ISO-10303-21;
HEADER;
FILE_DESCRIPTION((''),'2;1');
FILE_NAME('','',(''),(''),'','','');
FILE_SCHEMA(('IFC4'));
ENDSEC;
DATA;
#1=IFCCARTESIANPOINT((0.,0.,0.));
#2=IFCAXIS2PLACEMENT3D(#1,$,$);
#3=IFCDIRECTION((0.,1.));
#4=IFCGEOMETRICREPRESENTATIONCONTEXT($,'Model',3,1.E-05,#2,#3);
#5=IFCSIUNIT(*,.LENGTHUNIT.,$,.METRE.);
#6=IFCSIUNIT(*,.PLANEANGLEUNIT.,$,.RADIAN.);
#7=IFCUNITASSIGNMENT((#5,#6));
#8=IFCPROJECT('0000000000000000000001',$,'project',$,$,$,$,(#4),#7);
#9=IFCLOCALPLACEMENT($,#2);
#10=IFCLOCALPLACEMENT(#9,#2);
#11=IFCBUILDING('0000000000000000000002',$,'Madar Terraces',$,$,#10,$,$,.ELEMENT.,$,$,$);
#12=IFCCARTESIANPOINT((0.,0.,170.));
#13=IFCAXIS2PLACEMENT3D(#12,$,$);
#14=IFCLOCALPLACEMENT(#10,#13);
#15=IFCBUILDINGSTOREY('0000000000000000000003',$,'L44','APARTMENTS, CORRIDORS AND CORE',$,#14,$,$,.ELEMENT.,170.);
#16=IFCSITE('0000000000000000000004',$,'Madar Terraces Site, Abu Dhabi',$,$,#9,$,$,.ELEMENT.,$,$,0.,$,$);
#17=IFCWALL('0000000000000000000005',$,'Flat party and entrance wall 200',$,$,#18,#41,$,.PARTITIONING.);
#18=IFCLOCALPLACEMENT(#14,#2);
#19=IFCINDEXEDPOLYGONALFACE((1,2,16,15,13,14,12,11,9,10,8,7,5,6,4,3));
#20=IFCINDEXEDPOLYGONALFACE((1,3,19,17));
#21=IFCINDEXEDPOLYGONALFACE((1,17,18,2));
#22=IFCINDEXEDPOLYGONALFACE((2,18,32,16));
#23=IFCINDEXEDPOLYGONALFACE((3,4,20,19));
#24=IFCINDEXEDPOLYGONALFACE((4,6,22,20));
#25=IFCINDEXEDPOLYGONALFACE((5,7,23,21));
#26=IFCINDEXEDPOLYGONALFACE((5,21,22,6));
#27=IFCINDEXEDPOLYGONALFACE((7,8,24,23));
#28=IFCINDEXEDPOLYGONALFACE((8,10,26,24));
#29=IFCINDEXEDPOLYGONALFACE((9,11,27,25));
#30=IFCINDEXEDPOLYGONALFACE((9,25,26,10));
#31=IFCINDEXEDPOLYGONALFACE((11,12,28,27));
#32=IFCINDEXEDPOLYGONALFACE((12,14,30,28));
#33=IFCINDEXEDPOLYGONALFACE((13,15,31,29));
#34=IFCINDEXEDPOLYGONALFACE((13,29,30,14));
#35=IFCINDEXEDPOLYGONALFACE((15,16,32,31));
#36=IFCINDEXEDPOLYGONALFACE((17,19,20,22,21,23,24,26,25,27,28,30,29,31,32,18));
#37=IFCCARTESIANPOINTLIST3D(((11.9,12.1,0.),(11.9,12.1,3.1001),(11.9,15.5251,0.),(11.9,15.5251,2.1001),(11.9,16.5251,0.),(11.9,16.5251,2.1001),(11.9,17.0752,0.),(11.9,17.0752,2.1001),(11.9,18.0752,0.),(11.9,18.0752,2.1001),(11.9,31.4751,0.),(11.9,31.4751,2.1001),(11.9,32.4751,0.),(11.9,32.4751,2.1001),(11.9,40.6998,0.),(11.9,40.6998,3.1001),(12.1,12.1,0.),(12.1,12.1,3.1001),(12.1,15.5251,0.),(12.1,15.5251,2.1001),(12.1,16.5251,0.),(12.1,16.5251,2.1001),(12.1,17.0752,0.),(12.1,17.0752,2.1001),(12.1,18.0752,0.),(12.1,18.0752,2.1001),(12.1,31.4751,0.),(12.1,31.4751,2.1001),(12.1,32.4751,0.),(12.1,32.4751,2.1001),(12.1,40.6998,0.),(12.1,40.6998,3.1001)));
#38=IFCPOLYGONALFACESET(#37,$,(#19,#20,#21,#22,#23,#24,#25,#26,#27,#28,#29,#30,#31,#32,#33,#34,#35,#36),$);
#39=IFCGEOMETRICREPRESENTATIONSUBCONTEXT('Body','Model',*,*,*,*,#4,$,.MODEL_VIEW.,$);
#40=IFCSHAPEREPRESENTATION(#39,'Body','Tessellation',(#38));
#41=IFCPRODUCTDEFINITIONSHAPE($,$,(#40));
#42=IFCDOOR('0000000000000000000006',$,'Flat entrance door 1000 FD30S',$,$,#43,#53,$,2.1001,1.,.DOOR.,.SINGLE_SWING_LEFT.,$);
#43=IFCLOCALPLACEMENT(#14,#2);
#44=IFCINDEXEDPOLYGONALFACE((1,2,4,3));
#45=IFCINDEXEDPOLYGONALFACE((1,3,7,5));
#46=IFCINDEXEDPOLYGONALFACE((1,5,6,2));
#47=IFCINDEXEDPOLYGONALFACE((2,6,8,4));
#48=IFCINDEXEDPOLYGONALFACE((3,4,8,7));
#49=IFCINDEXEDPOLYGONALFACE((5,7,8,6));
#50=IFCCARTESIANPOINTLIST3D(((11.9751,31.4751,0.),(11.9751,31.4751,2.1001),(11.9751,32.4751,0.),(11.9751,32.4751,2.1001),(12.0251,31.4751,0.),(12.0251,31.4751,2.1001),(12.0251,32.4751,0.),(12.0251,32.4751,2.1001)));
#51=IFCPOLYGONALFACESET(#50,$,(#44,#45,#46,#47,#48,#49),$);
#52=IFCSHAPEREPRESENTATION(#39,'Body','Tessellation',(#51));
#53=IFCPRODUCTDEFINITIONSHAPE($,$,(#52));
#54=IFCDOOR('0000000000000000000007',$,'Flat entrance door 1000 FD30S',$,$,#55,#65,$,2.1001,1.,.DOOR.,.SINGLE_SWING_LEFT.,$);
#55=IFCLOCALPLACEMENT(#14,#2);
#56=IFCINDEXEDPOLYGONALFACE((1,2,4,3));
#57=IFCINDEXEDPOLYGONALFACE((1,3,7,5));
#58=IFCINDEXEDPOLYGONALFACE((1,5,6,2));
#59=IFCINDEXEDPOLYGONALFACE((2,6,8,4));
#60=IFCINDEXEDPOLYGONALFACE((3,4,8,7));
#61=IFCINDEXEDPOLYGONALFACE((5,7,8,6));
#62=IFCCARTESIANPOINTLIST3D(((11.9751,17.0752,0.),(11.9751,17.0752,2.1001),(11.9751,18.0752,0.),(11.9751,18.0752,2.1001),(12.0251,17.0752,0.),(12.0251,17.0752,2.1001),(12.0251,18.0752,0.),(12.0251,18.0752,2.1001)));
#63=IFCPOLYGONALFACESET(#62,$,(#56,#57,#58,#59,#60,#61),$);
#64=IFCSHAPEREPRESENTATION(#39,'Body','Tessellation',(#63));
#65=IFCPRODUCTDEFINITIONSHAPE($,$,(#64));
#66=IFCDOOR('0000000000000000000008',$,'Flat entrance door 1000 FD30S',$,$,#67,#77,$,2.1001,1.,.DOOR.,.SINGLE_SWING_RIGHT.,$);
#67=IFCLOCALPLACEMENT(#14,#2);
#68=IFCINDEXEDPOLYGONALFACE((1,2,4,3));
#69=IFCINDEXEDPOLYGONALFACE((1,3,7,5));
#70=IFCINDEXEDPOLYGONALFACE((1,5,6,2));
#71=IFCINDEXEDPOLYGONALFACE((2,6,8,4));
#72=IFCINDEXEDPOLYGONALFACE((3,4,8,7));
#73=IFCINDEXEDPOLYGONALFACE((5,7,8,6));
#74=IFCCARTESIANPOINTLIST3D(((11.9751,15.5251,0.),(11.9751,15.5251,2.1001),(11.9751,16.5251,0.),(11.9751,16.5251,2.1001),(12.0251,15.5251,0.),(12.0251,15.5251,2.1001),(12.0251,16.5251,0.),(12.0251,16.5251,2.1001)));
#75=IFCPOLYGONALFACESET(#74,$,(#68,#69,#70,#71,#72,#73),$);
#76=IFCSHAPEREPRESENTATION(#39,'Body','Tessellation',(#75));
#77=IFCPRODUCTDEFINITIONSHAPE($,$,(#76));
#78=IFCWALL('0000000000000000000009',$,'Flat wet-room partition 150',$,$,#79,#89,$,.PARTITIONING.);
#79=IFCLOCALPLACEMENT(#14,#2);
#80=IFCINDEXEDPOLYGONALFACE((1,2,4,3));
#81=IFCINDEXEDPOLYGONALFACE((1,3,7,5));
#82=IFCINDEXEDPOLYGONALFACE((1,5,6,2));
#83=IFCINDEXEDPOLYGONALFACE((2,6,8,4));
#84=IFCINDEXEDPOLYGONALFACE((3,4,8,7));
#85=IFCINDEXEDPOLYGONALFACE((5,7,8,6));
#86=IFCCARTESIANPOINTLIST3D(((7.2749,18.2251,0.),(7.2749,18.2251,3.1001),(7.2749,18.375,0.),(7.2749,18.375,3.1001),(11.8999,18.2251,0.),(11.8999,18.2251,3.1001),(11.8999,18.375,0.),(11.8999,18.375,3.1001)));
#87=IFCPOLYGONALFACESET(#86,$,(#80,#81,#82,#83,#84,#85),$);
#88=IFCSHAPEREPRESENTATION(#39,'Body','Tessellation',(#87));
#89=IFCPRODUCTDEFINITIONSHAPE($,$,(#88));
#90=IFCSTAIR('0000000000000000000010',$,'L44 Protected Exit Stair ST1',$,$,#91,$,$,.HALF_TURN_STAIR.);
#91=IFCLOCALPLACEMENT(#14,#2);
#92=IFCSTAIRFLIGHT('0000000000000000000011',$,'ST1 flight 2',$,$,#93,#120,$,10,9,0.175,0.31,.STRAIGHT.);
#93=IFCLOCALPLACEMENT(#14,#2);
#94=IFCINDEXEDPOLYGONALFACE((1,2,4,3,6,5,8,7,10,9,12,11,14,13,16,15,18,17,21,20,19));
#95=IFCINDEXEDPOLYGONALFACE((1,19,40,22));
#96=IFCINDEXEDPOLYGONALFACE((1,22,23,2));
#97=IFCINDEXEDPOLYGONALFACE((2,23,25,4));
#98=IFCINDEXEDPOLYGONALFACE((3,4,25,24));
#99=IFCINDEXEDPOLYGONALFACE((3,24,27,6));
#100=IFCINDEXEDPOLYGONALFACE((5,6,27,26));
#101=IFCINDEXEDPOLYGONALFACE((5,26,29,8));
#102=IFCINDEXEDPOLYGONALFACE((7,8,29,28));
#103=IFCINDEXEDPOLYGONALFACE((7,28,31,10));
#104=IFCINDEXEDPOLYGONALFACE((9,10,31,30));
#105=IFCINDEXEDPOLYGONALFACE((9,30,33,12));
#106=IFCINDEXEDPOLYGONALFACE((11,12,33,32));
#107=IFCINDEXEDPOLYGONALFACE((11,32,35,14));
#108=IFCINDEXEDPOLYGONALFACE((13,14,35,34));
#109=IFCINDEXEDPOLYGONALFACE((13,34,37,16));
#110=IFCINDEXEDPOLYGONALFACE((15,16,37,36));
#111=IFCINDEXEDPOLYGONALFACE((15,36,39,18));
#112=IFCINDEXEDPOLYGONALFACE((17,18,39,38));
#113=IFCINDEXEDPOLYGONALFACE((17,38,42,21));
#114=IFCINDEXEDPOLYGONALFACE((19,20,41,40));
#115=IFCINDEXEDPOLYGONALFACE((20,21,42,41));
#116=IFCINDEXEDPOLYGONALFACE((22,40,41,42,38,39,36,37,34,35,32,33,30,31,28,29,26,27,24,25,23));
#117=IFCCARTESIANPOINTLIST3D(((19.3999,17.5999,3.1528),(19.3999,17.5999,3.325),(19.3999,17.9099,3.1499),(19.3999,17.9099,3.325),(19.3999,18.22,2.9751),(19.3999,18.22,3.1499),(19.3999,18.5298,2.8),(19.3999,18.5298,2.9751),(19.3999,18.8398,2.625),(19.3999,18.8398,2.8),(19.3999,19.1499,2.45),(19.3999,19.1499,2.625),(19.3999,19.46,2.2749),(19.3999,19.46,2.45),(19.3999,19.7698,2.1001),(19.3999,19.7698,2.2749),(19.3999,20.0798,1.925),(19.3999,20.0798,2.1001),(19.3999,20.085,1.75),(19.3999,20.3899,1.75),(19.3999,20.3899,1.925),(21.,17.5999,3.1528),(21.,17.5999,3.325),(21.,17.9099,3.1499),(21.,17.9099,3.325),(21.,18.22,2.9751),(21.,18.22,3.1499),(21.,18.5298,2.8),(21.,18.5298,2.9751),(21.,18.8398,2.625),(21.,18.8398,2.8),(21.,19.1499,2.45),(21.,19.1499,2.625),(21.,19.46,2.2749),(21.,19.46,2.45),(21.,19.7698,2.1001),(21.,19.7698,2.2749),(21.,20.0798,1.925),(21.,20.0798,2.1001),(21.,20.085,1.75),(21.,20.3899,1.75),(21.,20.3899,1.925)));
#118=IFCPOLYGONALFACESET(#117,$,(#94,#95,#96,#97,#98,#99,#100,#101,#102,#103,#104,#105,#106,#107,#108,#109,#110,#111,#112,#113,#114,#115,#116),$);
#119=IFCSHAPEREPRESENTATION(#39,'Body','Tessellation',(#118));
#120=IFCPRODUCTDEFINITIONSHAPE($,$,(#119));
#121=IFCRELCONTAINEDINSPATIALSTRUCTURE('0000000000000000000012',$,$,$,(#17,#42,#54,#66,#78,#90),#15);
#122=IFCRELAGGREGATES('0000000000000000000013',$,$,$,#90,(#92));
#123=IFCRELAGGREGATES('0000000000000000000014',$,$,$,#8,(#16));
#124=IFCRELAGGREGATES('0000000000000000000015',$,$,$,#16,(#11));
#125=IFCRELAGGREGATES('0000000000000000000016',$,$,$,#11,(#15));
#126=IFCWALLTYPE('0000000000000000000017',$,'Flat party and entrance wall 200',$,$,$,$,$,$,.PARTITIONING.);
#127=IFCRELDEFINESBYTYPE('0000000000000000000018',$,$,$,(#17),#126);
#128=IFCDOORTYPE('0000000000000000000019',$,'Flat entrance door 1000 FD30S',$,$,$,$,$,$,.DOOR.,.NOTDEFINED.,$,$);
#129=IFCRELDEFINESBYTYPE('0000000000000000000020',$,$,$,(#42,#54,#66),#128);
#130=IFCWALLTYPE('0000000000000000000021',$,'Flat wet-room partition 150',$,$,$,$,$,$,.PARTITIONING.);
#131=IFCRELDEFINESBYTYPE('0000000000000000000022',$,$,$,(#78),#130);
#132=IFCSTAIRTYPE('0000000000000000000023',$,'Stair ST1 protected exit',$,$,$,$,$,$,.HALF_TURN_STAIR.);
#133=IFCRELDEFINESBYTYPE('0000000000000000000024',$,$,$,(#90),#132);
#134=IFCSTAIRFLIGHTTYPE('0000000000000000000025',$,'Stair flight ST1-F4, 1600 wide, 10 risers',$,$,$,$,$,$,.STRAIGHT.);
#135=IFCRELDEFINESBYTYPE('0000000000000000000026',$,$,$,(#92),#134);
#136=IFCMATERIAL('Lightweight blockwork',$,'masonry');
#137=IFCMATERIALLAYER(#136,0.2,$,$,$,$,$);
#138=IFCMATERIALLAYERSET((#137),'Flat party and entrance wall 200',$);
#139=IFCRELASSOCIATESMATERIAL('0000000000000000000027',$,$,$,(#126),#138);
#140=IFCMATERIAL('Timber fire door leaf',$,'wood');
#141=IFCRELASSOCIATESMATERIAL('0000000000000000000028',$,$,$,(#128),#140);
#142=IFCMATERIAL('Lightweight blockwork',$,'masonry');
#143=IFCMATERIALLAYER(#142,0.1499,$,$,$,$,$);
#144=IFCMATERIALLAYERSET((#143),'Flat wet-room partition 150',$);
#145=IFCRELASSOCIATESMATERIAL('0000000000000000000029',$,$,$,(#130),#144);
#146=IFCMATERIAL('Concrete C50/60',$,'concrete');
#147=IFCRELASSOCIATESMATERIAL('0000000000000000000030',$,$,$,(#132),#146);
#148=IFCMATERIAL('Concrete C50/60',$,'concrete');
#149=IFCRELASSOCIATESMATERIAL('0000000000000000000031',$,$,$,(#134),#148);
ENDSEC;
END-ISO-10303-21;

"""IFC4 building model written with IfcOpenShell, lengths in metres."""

from ifc_helpers import new_model, si_unit, direction, frame, frame_2d, origin, place, context, subcontext, project, spatial, polyline, rectangle, outline, extrude, material, layer, layer_set, type_object, element, fill, aggregate, save


model = new_model("IFC4")

# Units and contexts
model_context = context("Model", 3, precision=1e-05, world=origin(), true_north=direction((0.0, 1.0)))
body_context = subcontext(model_context, "Body", "Model", "MODEL_VIEW")
ifc_project = project(units=[si_unit("LENGTHUNIT", "METRE"), si_unit("PLANEANGLEUNIT", "RADIAN")], contexts=[model_context])

# Site, building, storey
site_placement = place(None, origin())
site = spatial("IfcSite", under=ifc_project, at=site_placement, Name="Madar Terraces Site, Abu Dhabi", CompositionType="ELEMENT", RefElevation=0.0)
building_placement = place(site_placement, origin())
building = spatial("IfcBuilding", under=site, at=building_placement, Name="Madar Terraces", CompositionType="ELEMENT")
storey_placement = place(building_placement, frame((0.0, 0.0, 170.0)))
storey = spatial("IfcBuildingStorey", under=building, at=storey_placement, Name="L44", Description="APARTMENTS, CORRIDORS AND CORE", CompositionType="ELEMENT", Elevation=170.0)

# Wall, openings, doors
ifc_material_1 = material(Name="Lightweight blockwork", Category="masonry")
ifc_layer_1 = layer(ifc_material_1, 0.2)
ifc_layer_set_1 = layer_set([ifc_layer_1], Name="Flat party and entrance wall 200")
wall_type_1 = type_object("IfcWallType", Name="Flat party and entrance wall 200", PredefinedType="PARTITIONING", material=ifc_layer_set_1)
wall_1_placement = place(storey_placement, frame((12.0, 12.1001, 0.0), z_axis=(0.0, 0.0, 1.0), x_axis=(0.0, 1.0, 0.0)))
wall_1 = element("IfcWall", 1, at=wall_1_placement, inside=storey, type_object=wall_type_1, Name="Flat party and entrance wall 200", PredefinedType="PARTITIONING", context=body_context, shape_type="SweptSolid", body=[
    extrude(rectangle(XDim=28.5999, YDim=0.2, at=frame_2d((14.2998, 0.0))), origin(), (0.0, 0.0, 1.0), 3.1001),
])
opening_1_placement = place(wall_1_placement, frame((19.375, 0.0, 0.0)))
opening_1 = element("IfcOpeningElement", 2, at=opening_1_placement, cuts=wall_1, PredefinedType="OPENING", context=body_context, shape_type="SweptSolid", body=[
    extrude(rectangle(XDim=1.0, YDim=2.1001, at=frame_2d((0.5, 1.05))), frame((0.0, 0.1099, 0.0), z_axis=(0.0, -1.0, 0.0), x_axis=(1.0, 0.0, 0.0)), (0.0, 0.0, 1.0), 0.22),
])
opening_2_placement = place(wall_1_placement, frame((4.9751, 0.0, 0.0)))
opening_2 = element("IfcOpeningElement", 3, at=opening_2_placement, cuts=wall_1, PredefinedType="OPENING", context=body_context, shape_type="SweptSolid", body=[
    extrude(rectangle(XDim=1.0, YDim=2.1001, at=frame_2d((0.5, 1.05))), frame((0.0, 0.1099, 0.0), z_axis=(0.0, -1.0, 0.0), x_axis=(1.0, 0.0, 0.0)), (0.0, 0.0, 1.0), 0.22),
])
opening_3_placement = place(wall_1_placement, frame((3.425, 0.0, 0.0)))
opening_3 = element("IfcOpeningElement", 4, at=opening_3_placement, cuts=wall_1, PredefinedType="OPENING", context=body_context, shape_type="SweptSolid", body=[
    extrude(rectangle(XDim=1.0, YDim=2.1001, at=frame_2d((0.5, 1.05))), frame((0.0, 0.1099, 0.0), z_axis=(0.0, -1.0, 0.0), x_axis=(1.0, 0.0, 0.0)), (0.0, 0.0, 1.0), 0.22),
])
ifc_material_2 = material(Name="Timber fire door leaf", Category="wood")
door_type_1 = type_object("IfcDoorType", Name="Flat entrance door 1000 FD30S", OperationType="NOTDEFINED", PredefinedType="DOOR", material=ifc_material_2)
door_1_placement = place(opening_1_placement, origin())
door_1 = element("IfcDoor", 5, at=door_1_placement, inside=storey, type_object=door_type_1, Name="Flat entrance door 1000 FD30S", OperationType="SINGLE_SWING_LEFT", OverallHeight=2.1001, OverallWidth=1.0, PredefinedType="DOOR", context=body_context, shape_type="SweptSolid", body=[
    extrude(rectangle(XDim=1.0, YDim=2.1001, at=frame_2d((0.5, 1.05))), frame((0.0, 0.0249, 0.0), z_axis=(0.0, -1.0, 0.0), x_axis=(1.0, 0.0, 0.0)), (0.0, 0.0, 1.0), 0.05),
])
fill(opening_1, door_1)
door_2_placement = place(opening_2_placement, origin())
door_2 = element("IfcDoor", 6, at=door_2_placement, inside=storey, type_object=door_type_1, Name="Flat entrance door 1000 FD30S", OperationType="SINGLE_SWING_LEFT", OverallHeight=2.1001, OverallWidth=1.0, PredefinedType="DOOR", context=body_context, shape_type="SweptSolid", body=[
    extrude(rectangle(XDim=1.0, YDim=2.1001, at=frame_2d((0.5, 1.05))), frame((0.0, 0.0249, 0.0), z_axis=(0.0, -1.0, 0.0), x_axis=(1.0, 0.0, 0.0)), (0.0, 0.0, 1.0), 0.05),
])
fill(opening_2, door_2)
door_3_placement = place(opening_3_placement, origin())
door_3 = element("IfcDoor", 7, at=door_3_placement, inside=storey, type_object=door_type_1, Name="Flat entrance door 1000 FD30S", OperationType="SINGLE_SWING_RIGHT", OverallHeight=2.1001, OverallWidth=1.0, PredefinedType="DOOR", context=body_context, shape_type="SweptSolid", body=[
    extrude(rectangle(XDim=1.0, YDim=2.1001, at=frame_2d((0.5, 1.05))), frame((0.0, 0.0249, 0.0), z_axis=(0.0, -1.0, 0.0), x_axis=(1.0, 0.0, 0.0)), (0.0, 0.0, 1.0), 0.05),
])
fill(opening_3, door_3)

# Wall
ifc_material_3 = material(Name="Lightweight blockwork", Category="masonry")
ifc_layer_2 = layer(ifc_material_3, 0.1499)
ifc_layer_set_2 = layer_set([ifc_layer_2], Name="Flat wet-room partition 150")
wall_type_2 = type_object("IfcWallType", Name="Flat wet-room partition 150", PredefinedType="PARTITIONING", material=ifc_layer_set_2)
wall_2_placement = place(storey_placement, frame((11.8999, 18.3, 0.0), z_axis=(0.0, 0.0, 1.0), x_axis=(-1.0, 0.0, 0.0)))
element("IfcWall", 8, at=wall_2_placement, inside=storey, type_object=wall_type_2, Name="Flat wet-room partition 150", PredefinedType="PARTITIONING", context=body_context, shape_type="SweptSolid", body=[
    extrude(rectangle(XDim=4.625, YDim=0.1499, at=frame_2d((2.3125, 0.0))), origin(), (0.0, 0.0, 1.0), 3.1001),
])

# Stair, stair flight
ifc_material_4 = material(Name="Concrete C50/60", Category="concrete")
stair_type = type_object("IfcStairType", Name="Stair ST1 protected exit", PredefinedType="HALF_TURN_STAIR", material=ifc_material_4)
stair_placement = place(storey_placement, origin())
stair = element("IfcStair", 9, at=stair_placement, inside=storey, type_object=stair_type, Name="L44 Protected Exit Stair ST1", PredefinedType="HALF_TURN_STAIR")
ifc_material_5 = material(Name="Concrete C50/60", Category="concrete")
stair_flight_type = type_object("IfcStairFlightType", Name="Stair flight ST1-F4, 1600 wide, 10 risers", PredefinedType="STRAIGHT", material=ifc_material_5)
stair_flight_placement = place(storey_placement, frame((20.2, 20.3899, 1.75), z_axis=(0.0, 0.0, 1.0), x_axis=(0.0, -1.0, 0.0)))
stair_flight = element("IfcStairFlight", 10, at=stair_flight_placement, type_object=stair_flight_type, Name="ST1 flight 2", NumberOfRisers=10, NumberOfTreads=9, PredefinedType="STRAIGHT", RiserHeight=0.175, TreadLength=0.31, context=body_context, shape_type="SweptSolid", body=[
    extrude(outline(polyline([(0.0, 0.0), (0.0, 0.175), (0.3101, 0.175), (0.3101, 0.3501), (0.6201, 0.3501), (0.6201, 0.5249), (0.9299, 0.5249), (0.9299, 0.7), (1.24, 0.7), (1.24, 0.875), (1.55, 0.875), (1.55, 1.05), (1.8601, 1.05), (1.8601, 1.2251), (2.1699, 1.2251), (2.1699, 1.3999), (2.48, 1.3999), (2.48, 1.575), (2.79, 1.575), (2.79, 1.75), (2.79, 1.4028), (0.3049, 0.0), (0.0, 0.0)])), frame((0.0, 0.8, 0.0), z_axis=(0.0, -1.0, 0.0), x_axis=(1.0, 0.0, 0.0)), (0.0, 0.0, 1.0), 1.6001),
])
aggregate(stair, [stair_flight])

save(model, "model.ifc")
